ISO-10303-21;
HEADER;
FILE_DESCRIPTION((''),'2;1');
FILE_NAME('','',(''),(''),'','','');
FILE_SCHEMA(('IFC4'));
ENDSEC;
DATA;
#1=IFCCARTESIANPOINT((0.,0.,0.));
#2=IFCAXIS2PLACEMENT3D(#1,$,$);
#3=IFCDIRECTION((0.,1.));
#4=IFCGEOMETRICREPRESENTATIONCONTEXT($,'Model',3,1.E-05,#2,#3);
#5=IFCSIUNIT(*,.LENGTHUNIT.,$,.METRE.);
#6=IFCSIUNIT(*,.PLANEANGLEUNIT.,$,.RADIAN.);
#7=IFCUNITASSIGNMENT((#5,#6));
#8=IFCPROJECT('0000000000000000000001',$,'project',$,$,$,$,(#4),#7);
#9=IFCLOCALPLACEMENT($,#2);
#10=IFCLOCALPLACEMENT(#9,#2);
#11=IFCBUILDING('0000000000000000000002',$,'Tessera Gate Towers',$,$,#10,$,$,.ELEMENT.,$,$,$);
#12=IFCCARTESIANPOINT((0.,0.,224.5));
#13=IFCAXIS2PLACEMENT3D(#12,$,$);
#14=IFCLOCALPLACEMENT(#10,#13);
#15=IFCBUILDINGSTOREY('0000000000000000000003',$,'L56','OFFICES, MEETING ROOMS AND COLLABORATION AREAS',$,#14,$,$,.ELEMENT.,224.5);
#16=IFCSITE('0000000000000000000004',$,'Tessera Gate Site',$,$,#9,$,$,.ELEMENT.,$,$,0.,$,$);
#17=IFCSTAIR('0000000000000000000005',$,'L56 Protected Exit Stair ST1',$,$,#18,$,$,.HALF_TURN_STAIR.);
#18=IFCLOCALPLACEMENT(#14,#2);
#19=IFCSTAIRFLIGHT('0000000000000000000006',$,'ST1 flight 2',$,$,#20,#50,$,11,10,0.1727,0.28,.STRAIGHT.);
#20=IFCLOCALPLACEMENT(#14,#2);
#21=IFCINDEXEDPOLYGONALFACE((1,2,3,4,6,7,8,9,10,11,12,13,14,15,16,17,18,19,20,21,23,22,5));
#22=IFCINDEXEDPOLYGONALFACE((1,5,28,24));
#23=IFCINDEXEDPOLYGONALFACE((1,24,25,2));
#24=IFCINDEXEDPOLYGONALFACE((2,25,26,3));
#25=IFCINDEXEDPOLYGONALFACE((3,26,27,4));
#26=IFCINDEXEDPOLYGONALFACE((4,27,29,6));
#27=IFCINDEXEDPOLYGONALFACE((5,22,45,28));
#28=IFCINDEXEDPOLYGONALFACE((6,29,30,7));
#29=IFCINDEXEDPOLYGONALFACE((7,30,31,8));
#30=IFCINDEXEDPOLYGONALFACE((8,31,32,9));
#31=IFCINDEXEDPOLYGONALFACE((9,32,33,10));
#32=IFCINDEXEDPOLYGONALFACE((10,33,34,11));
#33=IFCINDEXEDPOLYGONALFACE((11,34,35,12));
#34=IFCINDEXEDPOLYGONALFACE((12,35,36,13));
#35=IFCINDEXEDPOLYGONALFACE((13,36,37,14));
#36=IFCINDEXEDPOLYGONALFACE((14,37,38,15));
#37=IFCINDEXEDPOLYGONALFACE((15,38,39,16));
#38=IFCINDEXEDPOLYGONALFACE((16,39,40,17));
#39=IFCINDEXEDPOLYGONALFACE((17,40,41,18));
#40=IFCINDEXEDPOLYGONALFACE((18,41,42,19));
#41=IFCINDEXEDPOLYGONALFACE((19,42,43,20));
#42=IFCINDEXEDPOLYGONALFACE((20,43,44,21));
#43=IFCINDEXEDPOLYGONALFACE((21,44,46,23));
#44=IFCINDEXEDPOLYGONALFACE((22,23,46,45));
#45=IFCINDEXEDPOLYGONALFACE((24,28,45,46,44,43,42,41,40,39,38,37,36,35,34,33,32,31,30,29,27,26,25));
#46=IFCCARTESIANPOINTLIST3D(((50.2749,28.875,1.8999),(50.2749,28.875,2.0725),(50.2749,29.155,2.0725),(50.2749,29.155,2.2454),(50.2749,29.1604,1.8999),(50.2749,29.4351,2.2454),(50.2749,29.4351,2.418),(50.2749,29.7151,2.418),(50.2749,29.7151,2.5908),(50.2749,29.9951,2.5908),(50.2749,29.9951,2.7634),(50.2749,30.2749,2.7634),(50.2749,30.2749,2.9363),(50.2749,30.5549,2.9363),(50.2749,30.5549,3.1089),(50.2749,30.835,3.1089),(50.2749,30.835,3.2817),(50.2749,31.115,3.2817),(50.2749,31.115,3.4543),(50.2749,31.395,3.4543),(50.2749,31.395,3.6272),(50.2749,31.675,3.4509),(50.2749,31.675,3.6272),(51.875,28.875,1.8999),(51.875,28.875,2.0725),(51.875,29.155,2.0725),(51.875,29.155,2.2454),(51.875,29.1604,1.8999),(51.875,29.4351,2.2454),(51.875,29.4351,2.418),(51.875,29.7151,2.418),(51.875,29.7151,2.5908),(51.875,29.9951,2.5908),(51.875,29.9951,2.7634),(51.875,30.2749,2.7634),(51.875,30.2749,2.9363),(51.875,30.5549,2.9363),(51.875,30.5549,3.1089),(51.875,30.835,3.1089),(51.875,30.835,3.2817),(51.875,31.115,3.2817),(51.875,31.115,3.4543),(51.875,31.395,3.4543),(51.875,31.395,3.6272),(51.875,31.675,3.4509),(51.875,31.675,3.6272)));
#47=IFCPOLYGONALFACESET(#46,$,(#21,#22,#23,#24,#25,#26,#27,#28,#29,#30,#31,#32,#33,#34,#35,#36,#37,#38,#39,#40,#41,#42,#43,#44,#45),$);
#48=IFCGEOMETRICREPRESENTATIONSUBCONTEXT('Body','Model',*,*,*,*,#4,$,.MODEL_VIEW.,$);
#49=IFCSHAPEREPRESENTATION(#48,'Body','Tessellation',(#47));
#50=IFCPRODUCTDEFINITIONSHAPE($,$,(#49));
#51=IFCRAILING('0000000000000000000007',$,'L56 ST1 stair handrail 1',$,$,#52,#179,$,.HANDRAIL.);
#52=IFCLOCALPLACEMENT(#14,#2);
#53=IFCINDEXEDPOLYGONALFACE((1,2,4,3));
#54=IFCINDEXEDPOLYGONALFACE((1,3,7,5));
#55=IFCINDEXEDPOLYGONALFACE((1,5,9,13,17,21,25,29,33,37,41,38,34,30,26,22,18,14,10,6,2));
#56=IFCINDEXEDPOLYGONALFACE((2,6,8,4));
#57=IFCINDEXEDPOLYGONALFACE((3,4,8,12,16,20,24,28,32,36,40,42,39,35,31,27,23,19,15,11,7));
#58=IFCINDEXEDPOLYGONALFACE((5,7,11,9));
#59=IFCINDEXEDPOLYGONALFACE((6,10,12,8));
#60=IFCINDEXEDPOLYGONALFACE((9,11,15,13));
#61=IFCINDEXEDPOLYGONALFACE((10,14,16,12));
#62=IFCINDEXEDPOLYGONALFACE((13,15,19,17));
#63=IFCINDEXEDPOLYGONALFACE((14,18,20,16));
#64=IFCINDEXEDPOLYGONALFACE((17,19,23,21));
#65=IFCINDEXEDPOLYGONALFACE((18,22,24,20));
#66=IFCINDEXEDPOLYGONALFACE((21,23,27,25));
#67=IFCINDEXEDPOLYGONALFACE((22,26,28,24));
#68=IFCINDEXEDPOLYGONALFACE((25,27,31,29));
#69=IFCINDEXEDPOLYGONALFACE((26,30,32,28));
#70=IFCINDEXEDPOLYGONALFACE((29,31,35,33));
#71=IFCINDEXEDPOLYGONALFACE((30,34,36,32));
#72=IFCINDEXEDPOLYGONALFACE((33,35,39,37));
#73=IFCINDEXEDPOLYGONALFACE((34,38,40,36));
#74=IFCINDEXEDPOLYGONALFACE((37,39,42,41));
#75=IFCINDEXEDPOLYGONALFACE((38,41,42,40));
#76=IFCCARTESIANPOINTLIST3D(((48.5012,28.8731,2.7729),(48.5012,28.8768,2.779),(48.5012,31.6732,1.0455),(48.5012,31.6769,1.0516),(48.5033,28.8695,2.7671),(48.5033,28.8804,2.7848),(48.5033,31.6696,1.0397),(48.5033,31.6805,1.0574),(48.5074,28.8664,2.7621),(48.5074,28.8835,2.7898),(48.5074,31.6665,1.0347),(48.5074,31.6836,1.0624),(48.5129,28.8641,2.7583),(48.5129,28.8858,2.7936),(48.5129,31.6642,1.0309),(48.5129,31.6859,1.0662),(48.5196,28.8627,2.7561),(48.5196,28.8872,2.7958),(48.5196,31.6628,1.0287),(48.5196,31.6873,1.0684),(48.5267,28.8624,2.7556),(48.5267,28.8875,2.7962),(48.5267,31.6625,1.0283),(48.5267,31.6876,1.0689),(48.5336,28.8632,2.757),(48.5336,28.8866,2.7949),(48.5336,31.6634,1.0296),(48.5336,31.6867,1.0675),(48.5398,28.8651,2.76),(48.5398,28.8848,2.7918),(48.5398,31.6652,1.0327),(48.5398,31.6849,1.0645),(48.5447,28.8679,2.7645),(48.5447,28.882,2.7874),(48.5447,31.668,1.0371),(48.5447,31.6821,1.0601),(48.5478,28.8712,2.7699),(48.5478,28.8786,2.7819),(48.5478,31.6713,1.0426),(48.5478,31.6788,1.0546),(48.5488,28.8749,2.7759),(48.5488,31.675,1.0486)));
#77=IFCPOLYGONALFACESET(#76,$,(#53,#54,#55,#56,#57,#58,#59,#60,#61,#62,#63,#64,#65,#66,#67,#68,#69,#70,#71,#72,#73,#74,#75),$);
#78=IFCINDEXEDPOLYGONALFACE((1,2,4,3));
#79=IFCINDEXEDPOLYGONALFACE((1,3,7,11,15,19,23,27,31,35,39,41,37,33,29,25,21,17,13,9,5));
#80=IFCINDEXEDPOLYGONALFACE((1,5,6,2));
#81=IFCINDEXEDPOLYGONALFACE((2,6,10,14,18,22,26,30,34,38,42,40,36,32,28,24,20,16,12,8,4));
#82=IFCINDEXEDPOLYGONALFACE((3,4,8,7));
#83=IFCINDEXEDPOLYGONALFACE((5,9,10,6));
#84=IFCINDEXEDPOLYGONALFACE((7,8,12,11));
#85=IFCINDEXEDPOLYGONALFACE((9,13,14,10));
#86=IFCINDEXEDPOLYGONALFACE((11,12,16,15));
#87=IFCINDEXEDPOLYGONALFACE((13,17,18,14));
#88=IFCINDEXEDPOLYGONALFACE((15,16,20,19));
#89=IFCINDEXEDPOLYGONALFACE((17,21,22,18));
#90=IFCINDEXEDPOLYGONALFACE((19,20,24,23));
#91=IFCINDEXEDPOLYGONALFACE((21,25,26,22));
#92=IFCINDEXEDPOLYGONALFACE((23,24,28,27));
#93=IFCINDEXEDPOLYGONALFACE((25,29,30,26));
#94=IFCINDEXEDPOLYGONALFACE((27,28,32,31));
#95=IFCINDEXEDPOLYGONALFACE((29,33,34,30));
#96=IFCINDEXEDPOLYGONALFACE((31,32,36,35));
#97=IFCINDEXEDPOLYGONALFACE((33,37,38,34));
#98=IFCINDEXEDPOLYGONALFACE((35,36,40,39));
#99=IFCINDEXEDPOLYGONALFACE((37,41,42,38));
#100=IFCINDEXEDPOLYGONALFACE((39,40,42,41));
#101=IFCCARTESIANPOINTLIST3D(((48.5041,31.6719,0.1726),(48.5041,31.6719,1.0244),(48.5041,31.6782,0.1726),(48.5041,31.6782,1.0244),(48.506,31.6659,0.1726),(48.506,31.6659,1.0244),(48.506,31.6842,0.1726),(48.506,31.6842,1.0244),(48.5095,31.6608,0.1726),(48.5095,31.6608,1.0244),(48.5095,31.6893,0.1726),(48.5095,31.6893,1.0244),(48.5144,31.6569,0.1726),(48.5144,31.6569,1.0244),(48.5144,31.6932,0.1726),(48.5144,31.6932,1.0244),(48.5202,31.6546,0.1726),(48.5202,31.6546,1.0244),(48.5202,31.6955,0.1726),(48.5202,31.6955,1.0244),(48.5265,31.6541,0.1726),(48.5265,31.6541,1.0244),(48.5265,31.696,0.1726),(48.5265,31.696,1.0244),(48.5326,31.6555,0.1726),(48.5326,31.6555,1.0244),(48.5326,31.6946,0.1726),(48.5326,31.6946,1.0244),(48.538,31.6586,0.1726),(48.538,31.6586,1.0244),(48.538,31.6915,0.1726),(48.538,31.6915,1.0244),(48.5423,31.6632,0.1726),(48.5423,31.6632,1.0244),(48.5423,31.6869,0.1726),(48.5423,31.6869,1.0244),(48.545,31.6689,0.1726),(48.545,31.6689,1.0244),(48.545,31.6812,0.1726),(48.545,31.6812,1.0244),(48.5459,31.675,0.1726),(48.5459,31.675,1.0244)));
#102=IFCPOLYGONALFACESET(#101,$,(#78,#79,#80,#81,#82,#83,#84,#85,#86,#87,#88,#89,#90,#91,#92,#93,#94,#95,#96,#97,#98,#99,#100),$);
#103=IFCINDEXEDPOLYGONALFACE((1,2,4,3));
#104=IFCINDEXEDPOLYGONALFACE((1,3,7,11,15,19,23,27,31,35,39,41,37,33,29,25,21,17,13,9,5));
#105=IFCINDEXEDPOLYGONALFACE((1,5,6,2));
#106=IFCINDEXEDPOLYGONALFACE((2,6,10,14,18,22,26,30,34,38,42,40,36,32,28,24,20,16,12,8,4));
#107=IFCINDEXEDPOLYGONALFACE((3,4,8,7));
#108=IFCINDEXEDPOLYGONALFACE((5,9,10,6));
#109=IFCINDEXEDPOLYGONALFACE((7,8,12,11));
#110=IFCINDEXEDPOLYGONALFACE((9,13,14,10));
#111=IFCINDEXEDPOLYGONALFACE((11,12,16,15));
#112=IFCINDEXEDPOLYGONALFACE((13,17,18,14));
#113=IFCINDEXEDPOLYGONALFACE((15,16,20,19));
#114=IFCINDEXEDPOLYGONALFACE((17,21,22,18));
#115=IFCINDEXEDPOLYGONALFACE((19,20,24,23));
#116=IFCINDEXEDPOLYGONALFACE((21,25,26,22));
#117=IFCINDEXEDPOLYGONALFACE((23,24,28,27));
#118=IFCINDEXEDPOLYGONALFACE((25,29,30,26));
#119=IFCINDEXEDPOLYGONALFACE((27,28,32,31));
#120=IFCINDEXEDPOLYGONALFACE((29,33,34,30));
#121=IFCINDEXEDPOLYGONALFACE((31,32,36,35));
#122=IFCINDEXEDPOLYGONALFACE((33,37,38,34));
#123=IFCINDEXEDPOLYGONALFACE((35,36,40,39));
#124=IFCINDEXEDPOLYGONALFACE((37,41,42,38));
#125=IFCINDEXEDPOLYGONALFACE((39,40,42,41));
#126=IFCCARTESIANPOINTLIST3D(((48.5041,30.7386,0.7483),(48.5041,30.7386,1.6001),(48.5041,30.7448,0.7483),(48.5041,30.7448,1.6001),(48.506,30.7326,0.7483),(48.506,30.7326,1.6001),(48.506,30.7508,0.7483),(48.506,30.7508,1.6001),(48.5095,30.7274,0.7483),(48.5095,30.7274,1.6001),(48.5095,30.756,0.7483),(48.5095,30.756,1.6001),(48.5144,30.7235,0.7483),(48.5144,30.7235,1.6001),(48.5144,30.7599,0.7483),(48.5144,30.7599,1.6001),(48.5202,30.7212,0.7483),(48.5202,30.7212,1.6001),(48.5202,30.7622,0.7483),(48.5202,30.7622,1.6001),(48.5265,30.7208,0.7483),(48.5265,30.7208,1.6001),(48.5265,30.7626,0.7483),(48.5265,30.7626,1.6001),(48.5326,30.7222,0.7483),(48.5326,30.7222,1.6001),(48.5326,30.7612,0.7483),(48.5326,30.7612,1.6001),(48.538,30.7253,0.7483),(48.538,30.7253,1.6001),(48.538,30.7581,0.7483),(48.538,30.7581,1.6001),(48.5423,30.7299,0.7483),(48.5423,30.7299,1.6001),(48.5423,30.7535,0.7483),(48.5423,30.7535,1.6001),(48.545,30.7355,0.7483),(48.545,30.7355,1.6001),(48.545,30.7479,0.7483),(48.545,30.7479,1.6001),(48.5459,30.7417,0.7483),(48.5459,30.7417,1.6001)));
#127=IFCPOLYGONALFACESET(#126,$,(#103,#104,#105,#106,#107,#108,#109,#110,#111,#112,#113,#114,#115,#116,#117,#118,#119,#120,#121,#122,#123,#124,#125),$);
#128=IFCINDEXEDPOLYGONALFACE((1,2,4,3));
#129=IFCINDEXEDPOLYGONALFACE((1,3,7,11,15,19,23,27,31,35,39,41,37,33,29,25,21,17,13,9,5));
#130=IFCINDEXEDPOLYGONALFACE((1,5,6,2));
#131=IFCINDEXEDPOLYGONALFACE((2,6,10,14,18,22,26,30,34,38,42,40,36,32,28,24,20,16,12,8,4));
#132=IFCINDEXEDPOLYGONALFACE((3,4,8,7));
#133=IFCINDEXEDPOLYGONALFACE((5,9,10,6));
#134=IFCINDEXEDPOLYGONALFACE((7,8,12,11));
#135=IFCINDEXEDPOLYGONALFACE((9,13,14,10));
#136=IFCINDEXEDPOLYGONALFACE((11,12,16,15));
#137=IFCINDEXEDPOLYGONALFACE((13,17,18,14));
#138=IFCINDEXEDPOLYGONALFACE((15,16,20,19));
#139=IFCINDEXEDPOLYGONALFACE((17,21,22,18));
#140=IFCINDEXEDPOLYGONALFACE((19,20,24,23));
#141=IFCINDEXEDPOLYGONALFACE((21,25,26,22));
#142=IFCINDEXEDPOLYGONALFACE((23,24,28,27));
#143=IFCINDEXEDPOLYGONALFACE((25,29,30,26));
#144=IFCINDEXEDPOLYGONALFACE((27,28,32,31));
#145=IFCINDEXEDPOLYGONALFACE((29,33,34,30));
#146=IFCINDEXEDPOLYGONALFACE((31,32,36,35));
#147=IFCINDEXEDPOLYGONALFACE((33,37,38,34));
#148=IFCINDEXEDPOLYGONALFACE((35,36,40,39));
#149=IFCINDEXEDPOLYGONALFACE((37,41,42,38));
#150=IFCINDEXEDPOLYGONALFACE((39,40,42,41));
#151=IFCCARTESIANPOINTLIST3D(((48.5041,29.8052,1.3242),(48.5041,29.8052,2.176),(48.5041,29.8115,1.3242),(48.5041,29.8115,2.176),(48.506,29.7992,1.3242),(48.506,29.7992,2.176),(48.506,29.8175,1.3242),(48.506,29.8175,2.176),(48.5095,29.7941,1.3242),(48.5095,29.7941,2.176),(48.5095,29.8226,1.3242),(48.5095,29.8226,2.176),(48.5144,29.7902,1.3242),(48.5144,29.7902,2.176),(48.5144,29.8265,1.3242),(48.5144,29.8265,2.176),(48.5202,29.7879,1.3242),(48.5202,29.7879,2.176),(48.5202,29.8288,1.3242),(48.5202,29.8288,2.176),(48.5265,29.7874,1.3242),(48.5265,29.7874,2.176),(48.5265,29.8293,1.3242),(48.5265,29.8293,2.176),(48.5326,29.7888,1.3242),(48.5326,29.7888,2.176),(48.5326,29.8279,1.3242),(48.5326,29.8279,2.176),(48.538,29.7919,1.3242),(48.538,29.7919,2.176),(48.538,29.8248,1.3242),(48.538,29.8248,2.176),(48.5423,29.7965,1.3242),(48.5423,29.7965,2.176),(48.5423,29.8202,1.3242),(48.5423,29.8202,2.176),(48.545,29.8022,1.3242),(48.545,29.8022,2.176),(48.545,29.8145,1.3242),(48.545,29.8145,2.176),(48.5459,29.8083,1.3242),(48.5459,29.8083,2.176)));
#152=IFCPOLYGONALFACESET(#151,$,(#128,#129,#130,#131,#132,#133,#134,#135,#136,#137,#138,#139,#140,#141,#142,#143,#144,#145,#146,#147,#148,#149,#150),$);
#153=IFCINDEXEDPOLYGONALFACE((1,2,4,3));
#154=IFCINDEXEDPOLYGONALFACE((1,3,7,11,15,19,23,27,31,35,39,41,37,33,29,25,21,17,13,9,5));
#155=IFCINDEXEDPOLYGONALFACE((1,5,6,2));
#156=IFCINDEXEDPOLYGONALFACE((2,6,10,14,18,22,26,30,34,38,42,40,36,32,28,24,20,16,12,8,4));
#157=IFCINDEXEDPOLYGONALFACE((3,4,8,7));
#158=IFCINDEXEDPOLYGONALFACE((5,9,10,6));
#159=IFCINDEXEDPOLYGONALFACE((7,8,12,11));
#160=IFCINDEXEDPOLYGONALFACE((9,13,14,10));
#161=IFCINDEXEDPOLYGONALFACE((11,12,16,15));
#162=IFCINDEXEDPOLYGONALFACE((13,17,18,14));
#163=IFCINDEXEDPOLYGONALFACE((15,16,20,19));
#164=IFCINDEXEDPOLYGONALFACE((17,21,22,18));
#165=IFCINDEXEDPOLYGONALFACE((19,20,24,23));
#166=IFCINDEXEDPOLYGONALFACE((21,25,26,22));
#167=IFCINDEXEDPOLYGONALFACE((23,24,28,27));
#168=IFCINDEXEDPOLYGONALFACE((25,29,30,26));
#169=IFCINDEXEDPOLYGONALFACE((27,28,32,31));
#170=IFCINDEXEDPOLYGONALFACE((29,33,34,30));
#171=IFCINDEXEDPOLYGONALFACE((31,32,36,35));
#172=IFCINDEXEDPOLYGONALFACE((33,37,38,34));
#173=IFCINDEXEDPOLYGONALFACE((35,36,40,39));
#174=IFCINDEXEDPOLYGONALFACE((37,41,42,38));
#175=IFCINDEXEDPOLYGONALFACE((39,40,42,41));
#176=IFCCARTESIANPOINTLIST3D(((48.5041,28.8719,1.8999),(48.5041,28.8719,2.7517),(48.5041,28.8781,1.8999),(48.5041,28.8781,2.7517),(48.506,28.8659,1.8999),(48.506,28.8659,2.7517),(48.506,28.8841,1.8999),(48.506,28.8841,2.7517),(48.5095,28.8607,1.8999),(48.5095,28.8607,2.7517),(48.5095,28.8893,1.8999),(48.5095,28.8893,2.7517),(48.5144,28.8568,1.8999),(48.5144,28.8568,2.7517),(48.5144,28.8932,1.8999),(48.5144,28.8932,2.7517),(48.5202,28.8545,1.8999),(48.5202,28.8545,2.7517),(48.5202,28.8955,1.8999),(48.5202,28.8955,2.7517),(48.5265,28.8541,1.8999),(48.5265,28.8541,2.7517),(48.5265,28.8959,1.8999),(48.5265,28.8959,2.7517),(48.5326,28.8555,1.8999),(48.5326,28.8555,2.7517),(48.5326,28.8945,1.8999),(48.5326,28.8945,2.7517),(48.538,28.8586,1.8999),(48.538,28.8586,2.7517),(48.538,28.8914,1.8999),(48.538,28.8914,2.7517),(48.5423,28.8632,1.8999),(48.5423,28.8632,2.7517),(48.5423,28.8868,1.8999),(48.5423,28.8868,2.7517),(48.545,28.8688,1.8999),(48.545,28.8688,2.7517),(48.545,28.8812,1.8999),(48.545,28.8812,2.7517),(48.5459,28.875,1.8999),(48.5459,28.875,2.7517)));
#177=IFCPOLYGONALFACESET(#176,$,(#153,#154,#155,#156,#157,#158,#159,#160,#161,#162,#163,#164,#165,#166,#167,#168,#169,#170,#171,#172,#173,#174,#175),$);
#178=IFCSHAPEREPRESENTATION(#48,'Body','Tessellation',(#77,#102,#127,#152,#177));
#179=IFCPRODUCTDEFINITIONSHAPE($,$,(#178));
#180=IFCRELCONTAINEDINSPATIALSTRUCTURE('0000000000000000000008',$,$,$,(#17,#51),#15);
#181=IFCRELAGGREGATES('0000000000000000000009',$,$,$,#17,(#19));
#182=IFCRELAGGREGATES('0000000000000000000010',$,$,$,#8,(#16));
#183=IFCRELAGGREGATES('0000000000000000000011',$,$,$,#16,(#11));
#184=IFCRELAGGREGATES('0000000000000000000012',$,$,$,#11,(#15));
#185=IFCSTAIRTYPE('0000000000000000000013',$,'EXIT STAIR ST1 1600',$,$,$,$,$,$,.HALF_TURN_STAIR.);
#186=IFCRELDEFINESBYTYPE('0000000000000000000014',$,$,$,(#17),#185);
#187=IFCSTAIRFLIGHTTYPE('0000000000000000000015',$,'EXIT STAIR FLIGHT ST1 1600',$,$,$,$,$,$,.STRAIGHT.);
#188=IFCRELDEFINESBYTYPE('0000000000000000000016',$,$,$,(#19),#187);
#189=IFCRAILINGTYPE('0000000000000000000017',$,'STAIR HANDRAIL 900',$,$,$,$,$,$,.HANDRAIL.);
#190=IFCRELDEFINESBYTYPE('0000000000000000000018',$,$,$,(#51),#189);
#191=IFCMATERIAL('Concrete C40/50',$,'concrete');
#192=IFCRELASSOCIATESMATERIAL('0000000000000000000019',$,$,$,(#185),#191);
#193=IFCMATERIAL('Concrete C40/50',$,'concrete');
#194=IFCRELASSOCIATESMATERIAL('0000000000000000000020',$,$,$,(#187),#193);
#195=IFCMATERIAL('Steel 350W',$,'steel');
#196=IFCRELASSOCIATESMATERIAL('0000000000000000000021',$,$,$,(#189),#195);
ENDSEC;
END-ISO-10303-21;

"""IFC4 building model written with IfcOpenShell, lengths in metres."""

from ifc_helpers import new_model, si_unit, direction, frame, origin, origin_2d, place, context, subcontext, project, spatial, polyline, circle, outline, extrude, material, type_object, element, aggregate, save


model = new_model("IFC4")

# Units and contexts
model_context = context("Model", 3, precision=1e-05, world=origin(), true_north=direction((0.0, 1.0)))
body_context = subcontext(model_context, "Body", "Model", "MODEL_VIEW")
ifc_project = project(units=[si_unit("LENGTHUNIT", "METRE"), si_unit("PLANEANGLEUNIT", "RADIAN")], contexts=[model_context])

# Site, building, storey
site_placement = place(None, origin())
site = spatial("IfcSite", under=ifc_project, at=site_placement, Name="Tessera Gate Site", CompositionType="ELEMENT", RefElevation=0.0)
building_placement = place(site_placement, origin())
building = spatial("IfcBuilding", under=site, at=building_placement, Name="Tessera Gate Towers", CompositionType="ELEMENT")
storey_placement = place(building_placement, frame((0.0, 0.0, 224.5)))
storey = spatial("IfcBuildingStorey", under=building, at=storey_placement, Name="L56", Description="OFFICES, MEETING ROOMS AND COLLABORATION AREAS", CompositionType="ELEMENT", Elevation=224.5)

# Stair, stair flight
ifc_material_1 = material(Name="Concrete C40/50", Category="concrete")
stair_type = type_object("IfcStairType", Name="EXIT STAIR ST1 1600", PredefinedType="HALF_TURN_STAIR", material=ifc_material_1)
stair_placement = place(storey_placement, origin())
stair = element("IfcStair", 1, at=stair_placement, inside=storey, type_object=stair_type, Name="L56 Protected Exit Stair ST1", PredefinedType="HALF_TURN_STAIR")
ifc_material_2 = material(Name="Concrete C40/50", Category="concrete")
stair_flight_type = type_object("IfcStairFlightType", Name="EXIT STAIR FLIGHT ST1 1600", PredefinedType="STRAIGHT", material=ifc_material_2)
stair_flight_1_placement = place(storey_placement, frame((51.075, 28.875, 1.8999), z_axis=(0.0, 0.0, 1.0), x_axis=(0.0, 1.0, 0.0)))
stair_flight_1 = element("IfcStairFlight", 2, at=stair_flight_1_placement, type_object=stair_flight_type, Name="ST1 flight 2", NumberOfRisers=11, NumberOfTreads=10, PredefinedType="STRAIGHT", RiserHeight=0.1727, TreadLength=0.28, context=body_context, shape_type="SweptSolid", body=[
    extrude(outline(polyline([(0.0, 0.0), (0.0, 0.1726), (0.28, 0.1726), (0.28, 0.3455), (0.5601, 0.3455), (0.5601, 0.5181), (0.8401, 0.5181), (0.8401, 0.6909), (1.1201, 0.6909), (1.1201, 0.8635), (1.3999, 0.8635), (1.3999, 1.0364), (1.6799, 1.0364), (1.6799, 1.209), (1.96, 1.209), (1.96, 1.3818), (2.24, 1.3818), (2.24, 1.5544), (2.52, 1.5544), (2.52, 1.7273), (2.8, 1.7273), (2.8, 1.8999), (2.8, 1.551), (0.2854, 0.0), (0.0, 0.0)])), frame((0.0, 0.8, 0.0), z_axis=(0.0, -1.0, 0.0), x_axis=(1.0, 0.0, 0.0)), (0.0, 0.0, 1.0), 1.6001),
])
aggregate(stair, [stair_flight_1])

# Railing
ifc_material_3 = material(Name="Steel 350W", Category="steel")
railing_type = type_object("IfcRailingType", Name="STAIR HANDRAIL 900", PredefinedType="HANDRAIL", material=ifc_material_3)
railing_1_placement = place(storey_placement, frame((48.5249, 31.675, 0.1726)))
element("IfcRailing", 3, at=railing_1_placement, inside=storey, type_object=railing_type, Name="L56 ST1 stair handrail 1", PredefinedType="HANDRAIL", context=body_context, shape_type="SweptSolid", body=[
    extrude(circle(Radius=0.0239, at=origin_2d()), frame((0.0, 0.0, 0.876), z_axis=(0.0, -0.85109, 0.52502), x_axis=(1.0, 0.0, 0.0)), (0.0, 0.0, 1.0), 3.29),
    extrude(circle(Radius=0.021, at=origin_2d()), origin(), (0.0, 0.0, 1.0), 0.8518),
    extrude(circle(Radius=0.021, at=origin_2d()), frame((0.0, -0.9333, 0.5757)), (0.0, 0.0, 1.0), 0.8518),
    extrude(circle(Radius=0.021, at=origin_2d()), frame((0.0, -1.8667, 1.1516)), (0.0, 0.0, 1.0), 0.8518),
    extrude(circle(Radius=0.021, at=origin_2d()), frame((0.0, -2.8, 1.7273)), (0.0, 0.0, 1.0), 0.8518),
])

save(model, "model.ifc")
